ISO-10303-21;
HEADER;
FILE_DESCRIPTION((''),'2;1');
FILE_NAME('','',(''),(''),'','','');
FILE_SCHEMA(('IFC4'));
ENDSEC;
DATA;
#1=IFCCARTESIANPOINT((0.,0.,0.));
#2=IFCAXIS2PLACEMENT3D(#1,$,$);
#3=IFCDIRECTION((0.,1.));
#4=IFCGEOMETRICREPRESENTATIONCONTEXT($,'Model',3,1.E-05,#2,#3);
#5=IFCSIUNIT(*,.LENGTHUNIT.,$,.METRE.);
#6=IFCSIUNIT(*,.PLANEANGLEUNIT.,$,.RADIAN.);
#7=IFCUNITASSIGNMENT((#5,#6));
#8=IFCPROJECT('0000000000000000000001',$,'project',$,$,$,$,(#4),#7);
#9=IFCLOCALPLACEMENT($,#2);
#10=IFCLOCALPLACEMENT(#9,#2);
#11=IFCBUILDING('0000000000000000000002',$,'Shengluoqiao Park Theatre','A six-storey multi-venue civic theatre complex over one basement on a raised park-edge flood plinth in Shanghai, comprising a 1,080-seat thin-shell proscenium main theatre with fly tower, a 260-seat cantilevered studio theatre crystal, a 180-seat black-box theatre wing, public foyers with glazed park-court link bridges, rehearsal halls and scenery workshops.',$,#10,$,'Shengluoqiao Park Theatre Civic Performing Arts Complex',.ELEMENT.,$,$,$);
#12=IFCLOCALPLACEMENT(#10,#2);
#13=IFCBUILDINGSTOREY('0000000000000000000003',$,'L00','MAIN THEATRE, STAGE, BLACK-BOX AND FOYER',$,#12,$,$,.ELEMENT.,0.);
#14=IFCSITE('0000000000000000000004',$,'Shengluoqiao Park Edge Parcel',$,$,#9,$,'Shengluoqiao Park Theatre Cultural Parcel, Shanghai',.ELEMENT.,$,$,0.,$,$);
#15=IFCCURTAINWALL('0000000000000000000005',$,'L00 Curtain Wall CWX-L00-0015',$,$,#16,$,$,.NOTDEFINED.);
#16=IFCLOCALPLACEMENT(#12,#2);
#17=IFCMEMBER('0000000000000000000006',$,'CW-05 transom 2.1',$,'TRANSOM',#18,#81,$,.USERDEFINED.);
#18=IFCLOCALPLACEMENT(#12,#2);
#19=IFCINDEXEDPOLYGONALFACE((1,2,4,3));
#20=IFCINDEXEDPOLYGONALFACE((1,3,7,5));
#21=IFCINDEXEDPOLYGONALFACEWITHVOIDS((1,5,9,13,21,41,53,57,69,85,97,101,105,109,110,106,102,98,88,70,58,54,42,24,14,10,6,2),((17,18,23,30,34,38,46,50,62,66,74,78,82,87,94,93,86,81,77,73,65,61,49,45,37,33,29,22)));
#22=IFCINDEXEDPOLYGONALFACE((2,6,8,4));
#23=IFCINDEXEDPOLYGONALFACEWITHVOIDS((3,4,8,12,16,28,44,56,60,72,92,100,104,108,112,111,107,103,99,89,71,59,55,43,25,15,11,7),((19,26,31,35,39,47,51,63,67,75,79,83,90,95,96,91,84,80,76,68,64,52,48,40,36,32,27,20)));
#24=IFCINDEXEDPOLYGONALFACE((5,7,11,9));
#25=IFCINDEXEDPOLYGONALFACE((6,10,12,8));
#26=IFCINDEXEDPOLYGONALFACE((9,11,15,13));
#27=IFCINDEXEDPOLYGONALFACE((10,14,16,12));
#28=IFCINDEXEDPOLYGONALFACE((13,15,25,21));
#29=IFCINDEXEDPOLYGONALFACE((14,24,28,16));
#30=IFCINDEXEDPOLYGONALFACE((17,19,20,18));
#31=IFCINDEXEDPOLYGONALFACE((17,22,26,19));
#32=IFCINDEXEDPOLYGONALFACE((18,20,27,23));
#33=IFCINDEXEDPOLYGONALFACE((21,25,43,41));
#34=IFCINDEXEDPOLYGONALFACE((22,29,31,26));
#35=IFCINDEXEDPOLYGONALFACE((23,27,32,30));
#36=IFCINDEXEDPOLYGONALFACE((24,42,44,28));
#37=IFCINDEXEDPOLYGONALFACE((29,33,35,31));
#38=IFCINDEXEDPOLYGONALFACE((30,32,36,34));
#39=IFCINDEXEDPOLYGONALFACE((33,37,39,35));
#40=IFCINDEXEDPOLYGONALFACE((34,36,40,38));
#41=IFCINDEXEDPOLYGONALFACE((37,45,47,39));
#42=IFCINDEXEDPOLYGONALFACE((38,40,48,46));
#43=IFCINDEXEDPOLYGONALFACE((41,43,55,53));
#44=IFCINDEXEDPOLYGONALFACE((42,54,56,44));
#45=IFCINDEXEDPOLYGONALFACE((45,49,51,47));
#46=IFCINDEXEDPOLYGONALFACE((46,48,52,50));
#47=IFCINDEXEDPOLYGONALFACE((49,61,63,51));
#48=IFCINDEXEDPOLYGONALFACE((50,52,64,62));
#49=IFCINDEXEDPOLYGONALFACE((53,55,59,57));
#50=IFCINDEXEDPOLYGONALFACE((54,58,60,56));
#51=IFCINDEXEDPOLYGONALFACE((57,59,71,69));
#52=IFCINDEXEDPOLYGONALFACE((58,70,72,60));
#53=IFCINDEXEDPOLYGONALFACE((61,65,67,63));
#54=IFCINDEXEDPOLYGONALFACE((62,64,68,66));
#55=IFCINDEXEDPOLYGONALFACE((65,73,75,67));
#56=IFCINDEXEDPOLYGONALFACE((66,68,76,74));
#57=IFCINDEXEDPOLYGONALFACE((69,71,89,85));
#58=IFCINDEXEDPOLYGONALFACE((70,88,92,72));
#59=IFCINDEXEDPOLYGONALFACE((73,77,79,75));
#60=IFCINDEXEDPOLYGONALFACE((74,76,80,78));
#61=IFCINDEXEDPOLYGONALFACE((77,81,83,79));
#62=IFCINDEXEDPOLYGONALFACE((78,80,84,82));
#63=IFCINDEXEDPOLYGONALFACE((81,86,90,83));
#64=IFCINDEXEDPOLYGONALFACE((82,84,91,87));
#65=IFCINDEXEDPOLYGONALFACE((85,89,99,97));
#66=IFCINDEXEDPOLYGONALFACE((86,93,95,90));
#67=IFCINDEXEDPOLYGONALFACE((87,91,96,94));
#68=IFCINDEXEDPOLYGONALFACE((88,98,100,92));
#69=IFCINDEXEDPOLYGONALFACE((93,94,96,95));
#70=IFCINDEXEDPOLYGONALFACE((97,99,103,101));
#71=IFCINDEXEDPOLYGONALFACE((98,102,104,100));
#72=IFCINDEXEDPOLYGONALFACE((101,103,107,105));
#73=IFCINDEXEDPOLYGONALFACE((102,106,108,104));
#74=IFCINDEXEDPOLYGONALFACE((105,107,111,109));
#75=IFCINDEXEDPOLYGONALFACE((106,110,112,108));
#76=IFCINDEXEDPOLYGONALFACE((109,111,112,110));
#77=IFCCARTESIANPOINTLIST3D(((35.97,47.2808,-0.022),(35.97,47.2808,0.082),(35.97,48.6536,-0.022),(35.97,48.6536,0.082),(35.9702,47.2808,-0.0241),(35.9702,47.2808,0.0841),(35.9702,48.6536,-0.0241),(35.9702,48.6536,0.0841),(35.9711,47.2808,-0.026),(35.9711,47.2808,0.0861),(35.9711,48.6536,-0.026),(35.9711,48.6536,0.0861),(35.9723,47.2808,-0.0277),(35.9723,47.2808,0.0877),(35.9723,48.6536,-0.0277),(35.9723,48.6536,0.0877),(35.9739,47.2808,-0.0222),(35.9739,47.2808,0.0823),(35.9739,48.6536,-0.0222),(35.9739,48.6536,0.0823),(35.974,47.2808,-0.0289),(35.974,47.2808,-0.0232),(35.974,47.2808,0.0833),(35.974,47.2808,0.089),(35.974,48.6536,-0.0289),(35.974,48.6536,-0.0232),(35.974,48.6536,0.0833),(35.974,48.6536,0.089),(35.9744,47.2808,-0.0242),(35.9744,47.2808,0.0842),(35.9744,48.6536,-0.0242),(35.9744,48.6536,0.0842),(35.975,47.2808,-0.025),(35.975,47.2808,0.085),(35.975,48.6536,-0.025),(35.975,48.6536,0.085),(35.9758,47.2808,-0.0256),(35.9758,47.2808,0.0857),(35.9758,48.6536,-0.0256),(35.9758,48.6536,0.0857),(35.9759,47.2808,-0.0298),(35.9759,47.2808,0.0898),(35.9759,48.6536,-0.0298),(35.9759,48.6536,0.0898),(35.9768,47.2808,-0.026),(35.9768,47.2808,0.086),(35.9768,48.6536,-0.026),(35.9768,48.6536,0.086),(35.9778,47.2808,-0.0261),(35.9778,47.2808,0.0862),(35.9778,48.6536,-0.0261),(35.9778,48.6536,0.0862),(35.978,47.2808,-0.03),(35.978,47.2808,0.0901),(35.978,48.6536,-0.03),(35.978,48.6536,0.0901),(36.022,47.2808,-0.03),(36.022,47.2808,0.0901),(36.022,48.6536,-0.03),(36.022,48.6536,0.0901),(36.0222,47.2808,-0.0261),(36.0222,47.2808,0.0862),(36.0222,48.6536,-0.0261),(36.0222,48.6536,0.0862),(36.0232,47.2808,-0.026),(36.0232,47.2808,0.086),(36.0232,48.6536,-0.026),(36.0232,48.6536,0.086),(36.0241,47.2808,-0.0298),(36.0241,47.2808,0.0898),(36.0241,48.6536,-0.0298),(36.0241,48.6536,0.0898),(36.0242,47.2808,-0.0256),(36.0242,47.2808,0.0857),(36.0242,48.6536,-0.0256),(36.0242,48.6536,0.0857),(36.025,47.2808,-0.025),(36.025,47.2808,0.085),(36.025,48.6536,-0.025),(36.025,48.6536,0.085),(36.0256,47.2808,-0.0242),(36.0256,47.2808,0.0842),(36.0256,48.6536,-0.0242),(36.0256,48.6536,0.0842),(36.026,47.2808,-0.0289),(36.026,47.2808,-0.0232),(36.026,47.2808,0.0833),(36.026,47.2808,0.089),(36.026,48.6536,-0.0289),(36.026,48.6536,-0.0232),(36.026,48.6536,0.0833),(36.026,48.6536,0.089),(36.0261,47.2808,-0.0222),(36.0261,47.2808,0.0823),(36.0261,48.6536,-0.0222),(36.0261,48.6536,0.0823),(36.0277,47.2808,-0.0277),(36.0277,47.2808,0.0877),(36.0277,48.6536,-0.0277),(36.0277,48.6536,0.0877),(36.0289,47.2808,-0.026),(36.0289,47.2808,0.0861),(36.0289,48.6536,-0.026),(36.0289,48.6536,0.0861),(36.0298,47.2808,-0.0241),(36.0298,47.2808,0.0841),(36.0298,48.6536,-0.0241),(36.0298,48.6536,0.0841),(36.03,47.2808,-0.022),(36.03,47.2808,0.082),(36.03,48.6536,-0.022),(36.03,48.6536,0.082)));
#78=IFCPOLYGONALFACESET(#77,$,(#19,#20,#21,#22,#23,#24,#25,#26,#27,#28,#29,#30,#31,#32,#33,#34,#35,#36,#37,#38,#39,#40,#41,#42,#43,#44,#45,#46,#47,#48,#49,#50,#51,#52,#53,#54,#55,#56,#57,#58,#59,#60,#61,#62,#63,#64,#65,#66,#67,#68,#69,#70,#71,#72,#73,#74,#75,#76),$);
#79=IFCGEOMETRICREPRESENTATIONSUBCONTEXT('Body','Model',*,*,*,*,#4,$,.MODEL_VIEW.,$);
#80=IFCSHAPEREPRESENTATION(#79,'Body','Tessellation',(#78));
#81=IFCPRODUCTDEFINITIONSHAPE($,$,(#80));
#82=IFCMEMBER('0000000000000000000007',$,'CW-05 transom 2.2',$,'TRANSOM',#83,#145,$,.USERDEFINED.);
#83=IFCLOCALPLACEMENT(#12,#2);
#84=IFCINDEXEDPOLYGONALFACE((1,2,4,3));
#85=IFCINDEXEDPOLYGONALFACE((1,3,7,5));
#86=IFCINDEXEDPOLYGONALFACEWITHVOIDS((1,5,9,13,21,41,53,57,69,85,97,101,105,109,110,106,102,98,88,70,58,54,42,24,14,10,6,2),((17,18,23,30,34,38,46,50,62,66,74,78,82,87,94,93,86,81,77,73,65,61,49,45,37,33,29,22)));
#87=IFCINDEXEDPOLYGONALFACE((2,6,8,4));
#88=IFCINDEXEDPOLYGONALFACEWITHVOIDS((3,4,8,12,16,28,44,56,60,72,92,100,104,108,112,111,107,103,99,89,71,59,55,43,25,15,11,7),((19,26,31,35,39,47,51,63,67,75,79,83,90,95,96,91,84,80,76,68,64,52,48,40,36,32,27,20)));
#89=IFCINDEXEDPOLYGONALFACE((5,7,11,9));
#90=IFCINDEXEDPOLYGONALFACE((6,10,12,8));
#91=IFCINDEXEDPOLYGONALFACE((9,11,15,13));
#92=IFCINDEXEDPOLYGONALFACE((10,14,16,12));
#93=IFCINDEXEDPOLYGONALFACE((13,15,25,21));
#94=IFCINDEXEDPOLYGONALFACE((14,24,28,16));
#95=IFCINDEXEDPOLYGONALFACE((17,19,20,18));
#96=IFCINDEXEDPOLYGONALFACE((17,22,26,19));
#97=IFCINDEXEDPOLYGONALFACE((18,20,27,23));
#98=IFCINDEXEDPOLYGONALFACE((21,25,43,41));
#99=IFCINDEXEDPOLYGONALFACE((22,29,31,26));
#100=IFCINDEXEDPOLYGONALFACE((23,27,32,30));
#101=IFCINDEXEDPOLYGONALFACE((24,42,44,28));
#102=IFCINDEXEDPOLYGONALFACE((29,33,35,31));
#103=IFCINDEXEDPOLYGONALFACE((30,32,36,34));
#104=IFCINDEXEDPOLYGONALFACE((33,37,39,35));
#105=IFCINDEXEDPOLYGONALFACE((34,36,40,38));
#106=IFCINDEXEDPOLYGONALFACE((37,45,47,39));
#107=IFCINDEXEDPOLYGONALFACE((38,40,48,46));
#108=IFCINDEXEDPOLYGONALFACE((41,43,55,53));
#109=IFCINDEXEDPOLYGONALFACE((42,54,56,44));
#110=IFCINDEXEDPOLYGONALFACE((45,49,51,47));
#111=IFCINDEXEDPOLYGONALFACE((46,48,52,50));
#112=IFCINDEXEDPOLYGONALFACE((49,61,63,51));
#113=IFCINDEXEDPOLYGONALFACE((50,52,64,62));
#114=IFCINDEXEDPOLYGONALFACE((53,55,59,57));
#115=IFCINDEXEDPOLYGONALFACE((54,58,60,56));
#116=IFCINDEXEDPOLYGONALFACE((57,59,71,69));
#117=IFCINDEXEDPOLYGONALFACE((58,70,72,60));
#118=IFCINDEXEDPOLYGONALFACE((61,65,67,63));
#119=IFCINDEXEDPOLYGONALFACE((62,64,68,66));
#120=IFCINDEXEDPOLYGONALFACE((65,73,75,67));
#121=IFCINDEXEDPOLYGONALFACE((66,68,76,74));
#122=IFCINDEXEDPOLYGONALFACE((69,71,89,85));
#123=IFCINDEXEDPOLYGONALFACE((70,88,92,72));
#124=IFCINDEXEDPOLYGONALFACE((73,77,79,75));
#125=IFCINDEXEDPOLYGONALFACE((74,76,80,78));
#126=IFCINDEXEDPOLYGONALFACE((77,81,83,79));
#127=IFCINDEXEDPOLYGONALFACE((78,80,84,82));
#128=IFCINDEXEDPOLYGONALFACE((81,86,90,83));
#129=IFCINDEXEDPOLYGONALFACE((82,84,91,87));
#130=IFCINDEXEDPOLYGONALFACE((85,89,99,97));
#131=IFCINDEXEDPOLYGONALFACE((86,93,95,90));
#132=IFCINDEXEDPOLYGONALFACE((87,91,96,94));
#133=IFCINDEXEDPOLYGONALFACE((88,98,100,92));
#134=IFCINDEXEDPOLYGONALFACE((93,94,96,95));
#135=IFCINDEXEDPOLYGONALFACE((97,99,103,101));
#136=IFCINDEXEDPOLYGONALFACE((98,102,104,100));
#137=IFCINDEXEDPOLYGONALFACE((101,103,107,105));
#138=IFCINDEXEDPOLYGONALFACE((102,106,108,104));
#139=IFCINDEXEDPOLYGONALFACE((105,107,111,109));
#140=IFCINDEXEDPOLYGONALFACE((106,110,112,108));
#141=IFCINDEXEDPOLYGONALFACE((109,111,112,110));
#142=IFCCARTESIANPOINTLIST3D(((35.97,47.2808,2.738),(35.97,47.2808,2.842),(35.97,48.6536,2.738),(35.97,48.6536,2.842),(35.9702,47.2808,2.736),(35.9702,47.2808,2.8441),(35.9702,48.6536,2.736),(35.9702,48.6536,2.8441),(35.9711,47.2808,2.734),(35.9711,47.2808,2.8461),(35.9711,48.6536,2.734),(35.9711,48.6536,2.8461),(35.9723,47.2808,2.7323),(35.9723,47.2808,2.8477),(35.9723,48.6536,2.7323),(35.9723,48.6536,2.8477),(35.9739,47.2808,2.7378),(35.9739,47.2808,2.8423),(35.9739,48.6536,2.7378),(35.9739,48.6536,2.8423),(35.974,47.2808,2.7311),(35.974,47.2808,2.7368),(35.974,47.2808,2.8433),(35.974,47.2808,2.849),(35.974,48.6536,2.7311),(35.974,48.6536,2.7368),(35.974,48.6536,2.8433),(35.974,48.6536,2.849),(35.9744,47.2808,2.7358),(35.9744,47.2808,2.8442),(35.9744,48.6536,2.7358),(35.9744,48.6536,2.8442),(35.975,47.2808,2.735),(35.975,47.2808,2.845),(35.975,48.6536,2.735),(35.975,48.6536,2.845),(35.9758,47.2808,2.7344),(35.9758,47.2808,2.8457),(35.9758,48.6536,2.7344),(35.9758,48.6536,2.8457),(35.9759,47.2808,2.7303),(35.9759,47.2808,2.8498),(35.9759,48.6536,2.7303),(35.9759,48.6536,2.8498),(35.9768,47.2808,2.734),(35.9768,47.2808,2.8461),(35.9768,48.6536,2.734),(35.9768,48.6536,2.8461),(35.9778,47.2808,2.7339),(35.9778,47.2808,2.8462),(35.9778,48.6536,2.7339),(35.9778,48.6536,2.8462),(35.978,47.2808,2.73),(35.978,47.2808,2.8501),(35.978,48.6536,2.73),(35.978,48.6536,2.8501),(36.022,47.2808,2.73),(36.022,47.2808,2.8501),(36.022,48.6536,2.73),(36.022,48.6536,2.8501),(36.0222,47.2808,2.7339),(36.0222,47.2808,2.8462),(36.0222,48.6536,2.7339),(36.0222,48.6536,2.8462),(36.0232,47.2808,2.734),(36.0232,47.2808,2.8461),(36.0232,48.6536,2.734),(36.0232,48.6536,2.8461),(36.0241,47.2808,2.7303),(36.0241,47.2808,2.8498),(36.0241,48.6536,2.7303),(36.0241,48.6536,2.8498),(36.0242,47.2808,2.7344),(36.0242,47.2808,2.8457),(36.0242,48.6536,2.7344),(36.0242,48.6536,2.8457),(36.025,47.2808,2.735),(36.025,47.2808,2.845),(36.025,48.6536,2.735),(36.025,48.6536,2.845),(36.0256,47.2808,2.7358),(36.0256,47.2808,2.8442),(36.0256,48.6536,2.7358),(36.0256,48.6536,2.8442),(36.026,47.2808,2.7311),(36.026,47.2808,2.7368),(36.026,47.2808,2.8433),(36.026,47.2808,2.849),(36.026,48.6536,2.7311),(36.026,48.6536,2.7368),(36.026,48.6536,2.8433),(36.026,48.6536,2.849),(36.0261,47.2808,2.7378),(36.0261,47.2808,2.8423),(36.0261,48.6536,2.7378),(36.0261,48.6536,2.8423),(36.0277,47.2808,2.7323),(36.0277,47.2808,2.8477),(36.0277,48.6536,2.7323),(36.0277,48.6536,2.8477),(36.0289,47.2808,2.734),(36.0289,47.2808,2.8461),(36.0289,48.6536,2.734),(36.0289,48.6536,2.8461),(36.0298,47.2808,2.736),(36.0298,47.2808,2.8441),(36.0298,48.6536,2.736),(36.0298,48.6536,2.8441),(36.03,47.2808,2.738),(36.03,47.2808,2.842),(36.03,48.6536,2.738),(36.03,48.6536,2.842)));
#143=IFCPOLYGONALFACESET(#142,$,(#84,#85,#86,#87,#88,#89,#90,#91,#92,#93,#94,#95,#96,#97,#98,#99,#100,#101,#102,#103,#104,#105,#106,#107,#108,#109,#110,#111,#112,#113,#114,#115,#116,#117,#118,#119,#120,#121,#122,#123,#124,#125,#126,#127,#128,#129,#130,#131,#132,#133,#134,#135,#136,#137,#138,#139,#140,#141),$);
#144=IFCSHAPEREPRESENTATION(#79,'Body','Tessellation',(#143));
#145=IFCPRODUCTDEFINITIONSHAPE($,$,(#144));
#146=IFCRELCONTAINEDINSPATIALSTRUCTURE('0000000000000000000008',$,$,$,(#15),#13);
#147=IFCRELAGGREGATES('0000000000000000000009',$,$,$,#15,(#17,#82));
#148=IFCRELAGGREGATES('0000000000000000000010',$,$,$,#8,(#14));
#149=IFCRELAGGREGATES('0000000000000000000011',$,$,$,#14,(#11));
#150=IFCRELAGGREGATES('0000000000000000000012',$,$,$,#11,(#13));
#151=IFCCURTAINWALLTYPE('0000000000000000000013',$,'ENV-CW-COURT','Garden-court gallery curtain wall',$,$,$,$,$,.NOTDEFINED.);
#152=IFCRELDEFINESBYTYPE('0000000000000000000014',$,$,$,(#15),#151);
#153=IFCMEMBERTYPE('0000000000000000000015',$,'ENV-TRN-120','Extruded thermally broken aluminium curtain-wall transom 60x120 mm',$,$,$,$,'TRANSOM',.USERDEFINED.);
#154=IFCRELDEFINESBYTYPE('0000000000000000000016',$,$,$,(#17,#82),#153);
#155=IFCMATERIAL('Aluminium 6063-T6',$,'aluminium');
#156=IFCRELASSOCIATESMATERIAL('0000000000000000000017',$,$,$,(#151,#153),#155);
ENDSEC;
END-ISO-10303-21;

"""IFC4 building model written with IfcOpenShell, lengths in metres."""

from ifc_helpers import new_model, si_unit, direction, frame, origin, origin_2d, place, context, subcontext, project, spatial, hollow_rectangle, extrude, material, material_profile, profile_set, type_object, element, aggregate, save


model = new_model("IFC4")

# Units and contexts
model_context = context("Model", 3, precision=1e-05, world=origin(), true_north=direction((0.0, 1.0)))
body_context = subcontext(model_context, "Body", "Model", "MODEL_VIEW")
ifc_project = project(units=[si_unit("LENGTHUNIT", "METRE"), si_unit("PLANEANGLEUNIT", "RADIAN")], contexts=[model_context])

# Site, building, storey
site_placement = place(None, origin())
site = spatial("IfcSite", under=ifc_project, at=site_placement, Name="Shengluoqiao Park Edge Parcel", LongName="Shengluoqiao Park Theatre Cultural Parcel, Shanghai", CompositionType="ELEMENT", RefElevation=0.0)
building_placement = place(site_placement, origin())
building = spatial("IfcBuilding", under=site, at=building_placement, Name="Shengluoqiao Park Theatre", Description="A six-storey multi-venue civic theatre complex over one basement on a raised park-edge flood plinth in Shanghai, comprising a 1,080-seat thin-shell proscenium main theatre with fly tower, a 260-seat cantilevered studio theatre crystal, a 180-seat black-box theatre wing, public foyers with glazed park-court link bridges, rehearsal halls and scenery workshops.", LongName="Shengluoqiao Park Theatre Civic Performing Arts Complex", CompositionType="ELEMENT")
storey_placement = place(building_placement, origin())
storey = spatial("IfcBuildingStorey", under=building, at=storey_placement, Name="L00", Description="MAIN THEATRE, STAGE, BLACK-BOX AND FOYER", CompositionType="ELEMENT", Elevation=0.0)

# Curtain wall
ifc_material_1 = material(Name="Aluminium 6063-T6", Category="aluminium")
curtain_wall_type_1 = type_object("IfcCurtainWallType", Name="ENV-CW-COURT", Description="Garden-court gallery curtain wall", PredefinedType="NOTDEFINED", material=ifc_material_1)
curtain_wall_1_placement = place(storey_placement, origin())
curtain_wall_1 = element("IfcCurtainWall", 1, at=curtain_wall_1_placement, inside=storey, type_object=curtain_wall_type_1, Name="L00 Curtain Wall CWX-L00-0015", PredefinedType="NOTDEFINED")

# Members
ifc_material_profile_1 = material_profile(ifc_material_1, hollow_rectangle(XDim=0.0601, YDim=0.1201, WallThickness=0.0039, InnerFilletRadius=0.0039, OuterFilletRadius=0.0081, at=origin_2d()), Name="ALU TRANSOM 120x60x4")
ifc_profile_set_1 = profile_set([ifc_material_profile_1], Name="Aluminium 6063-T6")
member_type_1 = type_object("IfcMemberType", Name="ENV-TRN-120", Description="Extruded thermally broken aluminium curtain-wall transom 60x120 mm", ElementType="TRANSOM", PredefinedType="USERDEFINED", material=ifc_profile_set_1)
member_1_placement = place(storey_placement, frame((36.0, 47.2808, 0.03), z_axis=(0.0, 1.0, 0.0), x_axis=(-1.0, 0.0, 0.0)))
member_1 = element("IfcMember", 2, at=member_1_placement, type_object=member_type_1, Name="CW-05 transom 2.1", ObjectType="TRANSOM", PredefinedType="USERDEFINED", context=body_context, shape_type="SweptSolid", body=[
    extrude(hollow_rectangle(XDim=0.0601, YDim=0.1201, WallThickness=0.0039, InnerFilletRadius=0.0039, OuterFilletRadius=0.0081, at=origin_2d()), origin(), (0.0, 0.0, 1.0), 1.3728),
])
member_2_placement = place(storey_placement, frame((36.0, 47.2808, 2.79), z_axis=(0.0, 1.0, 0.0), x_axis=(-1.0, 0.0, 0.0)))
member_2 = element("IfcMember", 3, at=member_2_placement, type_object=member_type_1, Name="CW-05 transom 2.2", ObjectType="TRANSOM", PredefinedType="USERDEFINED", context=body_context, shape_type="SweptSolid", body=[
    extrude(hollow_rectangle(XDim=0.0601, YDim=0.1201, WallThickness=0.0039, InnerFilletRadius=0.0039, OuterFilletRadius=0.0081, at=origin_2d()), origin(), (0.0, 0.0, 1.0), 1.3728),
])

aggregate(curtain_wall_1, [member_1, member_2])

save(model, "model.ifc")
